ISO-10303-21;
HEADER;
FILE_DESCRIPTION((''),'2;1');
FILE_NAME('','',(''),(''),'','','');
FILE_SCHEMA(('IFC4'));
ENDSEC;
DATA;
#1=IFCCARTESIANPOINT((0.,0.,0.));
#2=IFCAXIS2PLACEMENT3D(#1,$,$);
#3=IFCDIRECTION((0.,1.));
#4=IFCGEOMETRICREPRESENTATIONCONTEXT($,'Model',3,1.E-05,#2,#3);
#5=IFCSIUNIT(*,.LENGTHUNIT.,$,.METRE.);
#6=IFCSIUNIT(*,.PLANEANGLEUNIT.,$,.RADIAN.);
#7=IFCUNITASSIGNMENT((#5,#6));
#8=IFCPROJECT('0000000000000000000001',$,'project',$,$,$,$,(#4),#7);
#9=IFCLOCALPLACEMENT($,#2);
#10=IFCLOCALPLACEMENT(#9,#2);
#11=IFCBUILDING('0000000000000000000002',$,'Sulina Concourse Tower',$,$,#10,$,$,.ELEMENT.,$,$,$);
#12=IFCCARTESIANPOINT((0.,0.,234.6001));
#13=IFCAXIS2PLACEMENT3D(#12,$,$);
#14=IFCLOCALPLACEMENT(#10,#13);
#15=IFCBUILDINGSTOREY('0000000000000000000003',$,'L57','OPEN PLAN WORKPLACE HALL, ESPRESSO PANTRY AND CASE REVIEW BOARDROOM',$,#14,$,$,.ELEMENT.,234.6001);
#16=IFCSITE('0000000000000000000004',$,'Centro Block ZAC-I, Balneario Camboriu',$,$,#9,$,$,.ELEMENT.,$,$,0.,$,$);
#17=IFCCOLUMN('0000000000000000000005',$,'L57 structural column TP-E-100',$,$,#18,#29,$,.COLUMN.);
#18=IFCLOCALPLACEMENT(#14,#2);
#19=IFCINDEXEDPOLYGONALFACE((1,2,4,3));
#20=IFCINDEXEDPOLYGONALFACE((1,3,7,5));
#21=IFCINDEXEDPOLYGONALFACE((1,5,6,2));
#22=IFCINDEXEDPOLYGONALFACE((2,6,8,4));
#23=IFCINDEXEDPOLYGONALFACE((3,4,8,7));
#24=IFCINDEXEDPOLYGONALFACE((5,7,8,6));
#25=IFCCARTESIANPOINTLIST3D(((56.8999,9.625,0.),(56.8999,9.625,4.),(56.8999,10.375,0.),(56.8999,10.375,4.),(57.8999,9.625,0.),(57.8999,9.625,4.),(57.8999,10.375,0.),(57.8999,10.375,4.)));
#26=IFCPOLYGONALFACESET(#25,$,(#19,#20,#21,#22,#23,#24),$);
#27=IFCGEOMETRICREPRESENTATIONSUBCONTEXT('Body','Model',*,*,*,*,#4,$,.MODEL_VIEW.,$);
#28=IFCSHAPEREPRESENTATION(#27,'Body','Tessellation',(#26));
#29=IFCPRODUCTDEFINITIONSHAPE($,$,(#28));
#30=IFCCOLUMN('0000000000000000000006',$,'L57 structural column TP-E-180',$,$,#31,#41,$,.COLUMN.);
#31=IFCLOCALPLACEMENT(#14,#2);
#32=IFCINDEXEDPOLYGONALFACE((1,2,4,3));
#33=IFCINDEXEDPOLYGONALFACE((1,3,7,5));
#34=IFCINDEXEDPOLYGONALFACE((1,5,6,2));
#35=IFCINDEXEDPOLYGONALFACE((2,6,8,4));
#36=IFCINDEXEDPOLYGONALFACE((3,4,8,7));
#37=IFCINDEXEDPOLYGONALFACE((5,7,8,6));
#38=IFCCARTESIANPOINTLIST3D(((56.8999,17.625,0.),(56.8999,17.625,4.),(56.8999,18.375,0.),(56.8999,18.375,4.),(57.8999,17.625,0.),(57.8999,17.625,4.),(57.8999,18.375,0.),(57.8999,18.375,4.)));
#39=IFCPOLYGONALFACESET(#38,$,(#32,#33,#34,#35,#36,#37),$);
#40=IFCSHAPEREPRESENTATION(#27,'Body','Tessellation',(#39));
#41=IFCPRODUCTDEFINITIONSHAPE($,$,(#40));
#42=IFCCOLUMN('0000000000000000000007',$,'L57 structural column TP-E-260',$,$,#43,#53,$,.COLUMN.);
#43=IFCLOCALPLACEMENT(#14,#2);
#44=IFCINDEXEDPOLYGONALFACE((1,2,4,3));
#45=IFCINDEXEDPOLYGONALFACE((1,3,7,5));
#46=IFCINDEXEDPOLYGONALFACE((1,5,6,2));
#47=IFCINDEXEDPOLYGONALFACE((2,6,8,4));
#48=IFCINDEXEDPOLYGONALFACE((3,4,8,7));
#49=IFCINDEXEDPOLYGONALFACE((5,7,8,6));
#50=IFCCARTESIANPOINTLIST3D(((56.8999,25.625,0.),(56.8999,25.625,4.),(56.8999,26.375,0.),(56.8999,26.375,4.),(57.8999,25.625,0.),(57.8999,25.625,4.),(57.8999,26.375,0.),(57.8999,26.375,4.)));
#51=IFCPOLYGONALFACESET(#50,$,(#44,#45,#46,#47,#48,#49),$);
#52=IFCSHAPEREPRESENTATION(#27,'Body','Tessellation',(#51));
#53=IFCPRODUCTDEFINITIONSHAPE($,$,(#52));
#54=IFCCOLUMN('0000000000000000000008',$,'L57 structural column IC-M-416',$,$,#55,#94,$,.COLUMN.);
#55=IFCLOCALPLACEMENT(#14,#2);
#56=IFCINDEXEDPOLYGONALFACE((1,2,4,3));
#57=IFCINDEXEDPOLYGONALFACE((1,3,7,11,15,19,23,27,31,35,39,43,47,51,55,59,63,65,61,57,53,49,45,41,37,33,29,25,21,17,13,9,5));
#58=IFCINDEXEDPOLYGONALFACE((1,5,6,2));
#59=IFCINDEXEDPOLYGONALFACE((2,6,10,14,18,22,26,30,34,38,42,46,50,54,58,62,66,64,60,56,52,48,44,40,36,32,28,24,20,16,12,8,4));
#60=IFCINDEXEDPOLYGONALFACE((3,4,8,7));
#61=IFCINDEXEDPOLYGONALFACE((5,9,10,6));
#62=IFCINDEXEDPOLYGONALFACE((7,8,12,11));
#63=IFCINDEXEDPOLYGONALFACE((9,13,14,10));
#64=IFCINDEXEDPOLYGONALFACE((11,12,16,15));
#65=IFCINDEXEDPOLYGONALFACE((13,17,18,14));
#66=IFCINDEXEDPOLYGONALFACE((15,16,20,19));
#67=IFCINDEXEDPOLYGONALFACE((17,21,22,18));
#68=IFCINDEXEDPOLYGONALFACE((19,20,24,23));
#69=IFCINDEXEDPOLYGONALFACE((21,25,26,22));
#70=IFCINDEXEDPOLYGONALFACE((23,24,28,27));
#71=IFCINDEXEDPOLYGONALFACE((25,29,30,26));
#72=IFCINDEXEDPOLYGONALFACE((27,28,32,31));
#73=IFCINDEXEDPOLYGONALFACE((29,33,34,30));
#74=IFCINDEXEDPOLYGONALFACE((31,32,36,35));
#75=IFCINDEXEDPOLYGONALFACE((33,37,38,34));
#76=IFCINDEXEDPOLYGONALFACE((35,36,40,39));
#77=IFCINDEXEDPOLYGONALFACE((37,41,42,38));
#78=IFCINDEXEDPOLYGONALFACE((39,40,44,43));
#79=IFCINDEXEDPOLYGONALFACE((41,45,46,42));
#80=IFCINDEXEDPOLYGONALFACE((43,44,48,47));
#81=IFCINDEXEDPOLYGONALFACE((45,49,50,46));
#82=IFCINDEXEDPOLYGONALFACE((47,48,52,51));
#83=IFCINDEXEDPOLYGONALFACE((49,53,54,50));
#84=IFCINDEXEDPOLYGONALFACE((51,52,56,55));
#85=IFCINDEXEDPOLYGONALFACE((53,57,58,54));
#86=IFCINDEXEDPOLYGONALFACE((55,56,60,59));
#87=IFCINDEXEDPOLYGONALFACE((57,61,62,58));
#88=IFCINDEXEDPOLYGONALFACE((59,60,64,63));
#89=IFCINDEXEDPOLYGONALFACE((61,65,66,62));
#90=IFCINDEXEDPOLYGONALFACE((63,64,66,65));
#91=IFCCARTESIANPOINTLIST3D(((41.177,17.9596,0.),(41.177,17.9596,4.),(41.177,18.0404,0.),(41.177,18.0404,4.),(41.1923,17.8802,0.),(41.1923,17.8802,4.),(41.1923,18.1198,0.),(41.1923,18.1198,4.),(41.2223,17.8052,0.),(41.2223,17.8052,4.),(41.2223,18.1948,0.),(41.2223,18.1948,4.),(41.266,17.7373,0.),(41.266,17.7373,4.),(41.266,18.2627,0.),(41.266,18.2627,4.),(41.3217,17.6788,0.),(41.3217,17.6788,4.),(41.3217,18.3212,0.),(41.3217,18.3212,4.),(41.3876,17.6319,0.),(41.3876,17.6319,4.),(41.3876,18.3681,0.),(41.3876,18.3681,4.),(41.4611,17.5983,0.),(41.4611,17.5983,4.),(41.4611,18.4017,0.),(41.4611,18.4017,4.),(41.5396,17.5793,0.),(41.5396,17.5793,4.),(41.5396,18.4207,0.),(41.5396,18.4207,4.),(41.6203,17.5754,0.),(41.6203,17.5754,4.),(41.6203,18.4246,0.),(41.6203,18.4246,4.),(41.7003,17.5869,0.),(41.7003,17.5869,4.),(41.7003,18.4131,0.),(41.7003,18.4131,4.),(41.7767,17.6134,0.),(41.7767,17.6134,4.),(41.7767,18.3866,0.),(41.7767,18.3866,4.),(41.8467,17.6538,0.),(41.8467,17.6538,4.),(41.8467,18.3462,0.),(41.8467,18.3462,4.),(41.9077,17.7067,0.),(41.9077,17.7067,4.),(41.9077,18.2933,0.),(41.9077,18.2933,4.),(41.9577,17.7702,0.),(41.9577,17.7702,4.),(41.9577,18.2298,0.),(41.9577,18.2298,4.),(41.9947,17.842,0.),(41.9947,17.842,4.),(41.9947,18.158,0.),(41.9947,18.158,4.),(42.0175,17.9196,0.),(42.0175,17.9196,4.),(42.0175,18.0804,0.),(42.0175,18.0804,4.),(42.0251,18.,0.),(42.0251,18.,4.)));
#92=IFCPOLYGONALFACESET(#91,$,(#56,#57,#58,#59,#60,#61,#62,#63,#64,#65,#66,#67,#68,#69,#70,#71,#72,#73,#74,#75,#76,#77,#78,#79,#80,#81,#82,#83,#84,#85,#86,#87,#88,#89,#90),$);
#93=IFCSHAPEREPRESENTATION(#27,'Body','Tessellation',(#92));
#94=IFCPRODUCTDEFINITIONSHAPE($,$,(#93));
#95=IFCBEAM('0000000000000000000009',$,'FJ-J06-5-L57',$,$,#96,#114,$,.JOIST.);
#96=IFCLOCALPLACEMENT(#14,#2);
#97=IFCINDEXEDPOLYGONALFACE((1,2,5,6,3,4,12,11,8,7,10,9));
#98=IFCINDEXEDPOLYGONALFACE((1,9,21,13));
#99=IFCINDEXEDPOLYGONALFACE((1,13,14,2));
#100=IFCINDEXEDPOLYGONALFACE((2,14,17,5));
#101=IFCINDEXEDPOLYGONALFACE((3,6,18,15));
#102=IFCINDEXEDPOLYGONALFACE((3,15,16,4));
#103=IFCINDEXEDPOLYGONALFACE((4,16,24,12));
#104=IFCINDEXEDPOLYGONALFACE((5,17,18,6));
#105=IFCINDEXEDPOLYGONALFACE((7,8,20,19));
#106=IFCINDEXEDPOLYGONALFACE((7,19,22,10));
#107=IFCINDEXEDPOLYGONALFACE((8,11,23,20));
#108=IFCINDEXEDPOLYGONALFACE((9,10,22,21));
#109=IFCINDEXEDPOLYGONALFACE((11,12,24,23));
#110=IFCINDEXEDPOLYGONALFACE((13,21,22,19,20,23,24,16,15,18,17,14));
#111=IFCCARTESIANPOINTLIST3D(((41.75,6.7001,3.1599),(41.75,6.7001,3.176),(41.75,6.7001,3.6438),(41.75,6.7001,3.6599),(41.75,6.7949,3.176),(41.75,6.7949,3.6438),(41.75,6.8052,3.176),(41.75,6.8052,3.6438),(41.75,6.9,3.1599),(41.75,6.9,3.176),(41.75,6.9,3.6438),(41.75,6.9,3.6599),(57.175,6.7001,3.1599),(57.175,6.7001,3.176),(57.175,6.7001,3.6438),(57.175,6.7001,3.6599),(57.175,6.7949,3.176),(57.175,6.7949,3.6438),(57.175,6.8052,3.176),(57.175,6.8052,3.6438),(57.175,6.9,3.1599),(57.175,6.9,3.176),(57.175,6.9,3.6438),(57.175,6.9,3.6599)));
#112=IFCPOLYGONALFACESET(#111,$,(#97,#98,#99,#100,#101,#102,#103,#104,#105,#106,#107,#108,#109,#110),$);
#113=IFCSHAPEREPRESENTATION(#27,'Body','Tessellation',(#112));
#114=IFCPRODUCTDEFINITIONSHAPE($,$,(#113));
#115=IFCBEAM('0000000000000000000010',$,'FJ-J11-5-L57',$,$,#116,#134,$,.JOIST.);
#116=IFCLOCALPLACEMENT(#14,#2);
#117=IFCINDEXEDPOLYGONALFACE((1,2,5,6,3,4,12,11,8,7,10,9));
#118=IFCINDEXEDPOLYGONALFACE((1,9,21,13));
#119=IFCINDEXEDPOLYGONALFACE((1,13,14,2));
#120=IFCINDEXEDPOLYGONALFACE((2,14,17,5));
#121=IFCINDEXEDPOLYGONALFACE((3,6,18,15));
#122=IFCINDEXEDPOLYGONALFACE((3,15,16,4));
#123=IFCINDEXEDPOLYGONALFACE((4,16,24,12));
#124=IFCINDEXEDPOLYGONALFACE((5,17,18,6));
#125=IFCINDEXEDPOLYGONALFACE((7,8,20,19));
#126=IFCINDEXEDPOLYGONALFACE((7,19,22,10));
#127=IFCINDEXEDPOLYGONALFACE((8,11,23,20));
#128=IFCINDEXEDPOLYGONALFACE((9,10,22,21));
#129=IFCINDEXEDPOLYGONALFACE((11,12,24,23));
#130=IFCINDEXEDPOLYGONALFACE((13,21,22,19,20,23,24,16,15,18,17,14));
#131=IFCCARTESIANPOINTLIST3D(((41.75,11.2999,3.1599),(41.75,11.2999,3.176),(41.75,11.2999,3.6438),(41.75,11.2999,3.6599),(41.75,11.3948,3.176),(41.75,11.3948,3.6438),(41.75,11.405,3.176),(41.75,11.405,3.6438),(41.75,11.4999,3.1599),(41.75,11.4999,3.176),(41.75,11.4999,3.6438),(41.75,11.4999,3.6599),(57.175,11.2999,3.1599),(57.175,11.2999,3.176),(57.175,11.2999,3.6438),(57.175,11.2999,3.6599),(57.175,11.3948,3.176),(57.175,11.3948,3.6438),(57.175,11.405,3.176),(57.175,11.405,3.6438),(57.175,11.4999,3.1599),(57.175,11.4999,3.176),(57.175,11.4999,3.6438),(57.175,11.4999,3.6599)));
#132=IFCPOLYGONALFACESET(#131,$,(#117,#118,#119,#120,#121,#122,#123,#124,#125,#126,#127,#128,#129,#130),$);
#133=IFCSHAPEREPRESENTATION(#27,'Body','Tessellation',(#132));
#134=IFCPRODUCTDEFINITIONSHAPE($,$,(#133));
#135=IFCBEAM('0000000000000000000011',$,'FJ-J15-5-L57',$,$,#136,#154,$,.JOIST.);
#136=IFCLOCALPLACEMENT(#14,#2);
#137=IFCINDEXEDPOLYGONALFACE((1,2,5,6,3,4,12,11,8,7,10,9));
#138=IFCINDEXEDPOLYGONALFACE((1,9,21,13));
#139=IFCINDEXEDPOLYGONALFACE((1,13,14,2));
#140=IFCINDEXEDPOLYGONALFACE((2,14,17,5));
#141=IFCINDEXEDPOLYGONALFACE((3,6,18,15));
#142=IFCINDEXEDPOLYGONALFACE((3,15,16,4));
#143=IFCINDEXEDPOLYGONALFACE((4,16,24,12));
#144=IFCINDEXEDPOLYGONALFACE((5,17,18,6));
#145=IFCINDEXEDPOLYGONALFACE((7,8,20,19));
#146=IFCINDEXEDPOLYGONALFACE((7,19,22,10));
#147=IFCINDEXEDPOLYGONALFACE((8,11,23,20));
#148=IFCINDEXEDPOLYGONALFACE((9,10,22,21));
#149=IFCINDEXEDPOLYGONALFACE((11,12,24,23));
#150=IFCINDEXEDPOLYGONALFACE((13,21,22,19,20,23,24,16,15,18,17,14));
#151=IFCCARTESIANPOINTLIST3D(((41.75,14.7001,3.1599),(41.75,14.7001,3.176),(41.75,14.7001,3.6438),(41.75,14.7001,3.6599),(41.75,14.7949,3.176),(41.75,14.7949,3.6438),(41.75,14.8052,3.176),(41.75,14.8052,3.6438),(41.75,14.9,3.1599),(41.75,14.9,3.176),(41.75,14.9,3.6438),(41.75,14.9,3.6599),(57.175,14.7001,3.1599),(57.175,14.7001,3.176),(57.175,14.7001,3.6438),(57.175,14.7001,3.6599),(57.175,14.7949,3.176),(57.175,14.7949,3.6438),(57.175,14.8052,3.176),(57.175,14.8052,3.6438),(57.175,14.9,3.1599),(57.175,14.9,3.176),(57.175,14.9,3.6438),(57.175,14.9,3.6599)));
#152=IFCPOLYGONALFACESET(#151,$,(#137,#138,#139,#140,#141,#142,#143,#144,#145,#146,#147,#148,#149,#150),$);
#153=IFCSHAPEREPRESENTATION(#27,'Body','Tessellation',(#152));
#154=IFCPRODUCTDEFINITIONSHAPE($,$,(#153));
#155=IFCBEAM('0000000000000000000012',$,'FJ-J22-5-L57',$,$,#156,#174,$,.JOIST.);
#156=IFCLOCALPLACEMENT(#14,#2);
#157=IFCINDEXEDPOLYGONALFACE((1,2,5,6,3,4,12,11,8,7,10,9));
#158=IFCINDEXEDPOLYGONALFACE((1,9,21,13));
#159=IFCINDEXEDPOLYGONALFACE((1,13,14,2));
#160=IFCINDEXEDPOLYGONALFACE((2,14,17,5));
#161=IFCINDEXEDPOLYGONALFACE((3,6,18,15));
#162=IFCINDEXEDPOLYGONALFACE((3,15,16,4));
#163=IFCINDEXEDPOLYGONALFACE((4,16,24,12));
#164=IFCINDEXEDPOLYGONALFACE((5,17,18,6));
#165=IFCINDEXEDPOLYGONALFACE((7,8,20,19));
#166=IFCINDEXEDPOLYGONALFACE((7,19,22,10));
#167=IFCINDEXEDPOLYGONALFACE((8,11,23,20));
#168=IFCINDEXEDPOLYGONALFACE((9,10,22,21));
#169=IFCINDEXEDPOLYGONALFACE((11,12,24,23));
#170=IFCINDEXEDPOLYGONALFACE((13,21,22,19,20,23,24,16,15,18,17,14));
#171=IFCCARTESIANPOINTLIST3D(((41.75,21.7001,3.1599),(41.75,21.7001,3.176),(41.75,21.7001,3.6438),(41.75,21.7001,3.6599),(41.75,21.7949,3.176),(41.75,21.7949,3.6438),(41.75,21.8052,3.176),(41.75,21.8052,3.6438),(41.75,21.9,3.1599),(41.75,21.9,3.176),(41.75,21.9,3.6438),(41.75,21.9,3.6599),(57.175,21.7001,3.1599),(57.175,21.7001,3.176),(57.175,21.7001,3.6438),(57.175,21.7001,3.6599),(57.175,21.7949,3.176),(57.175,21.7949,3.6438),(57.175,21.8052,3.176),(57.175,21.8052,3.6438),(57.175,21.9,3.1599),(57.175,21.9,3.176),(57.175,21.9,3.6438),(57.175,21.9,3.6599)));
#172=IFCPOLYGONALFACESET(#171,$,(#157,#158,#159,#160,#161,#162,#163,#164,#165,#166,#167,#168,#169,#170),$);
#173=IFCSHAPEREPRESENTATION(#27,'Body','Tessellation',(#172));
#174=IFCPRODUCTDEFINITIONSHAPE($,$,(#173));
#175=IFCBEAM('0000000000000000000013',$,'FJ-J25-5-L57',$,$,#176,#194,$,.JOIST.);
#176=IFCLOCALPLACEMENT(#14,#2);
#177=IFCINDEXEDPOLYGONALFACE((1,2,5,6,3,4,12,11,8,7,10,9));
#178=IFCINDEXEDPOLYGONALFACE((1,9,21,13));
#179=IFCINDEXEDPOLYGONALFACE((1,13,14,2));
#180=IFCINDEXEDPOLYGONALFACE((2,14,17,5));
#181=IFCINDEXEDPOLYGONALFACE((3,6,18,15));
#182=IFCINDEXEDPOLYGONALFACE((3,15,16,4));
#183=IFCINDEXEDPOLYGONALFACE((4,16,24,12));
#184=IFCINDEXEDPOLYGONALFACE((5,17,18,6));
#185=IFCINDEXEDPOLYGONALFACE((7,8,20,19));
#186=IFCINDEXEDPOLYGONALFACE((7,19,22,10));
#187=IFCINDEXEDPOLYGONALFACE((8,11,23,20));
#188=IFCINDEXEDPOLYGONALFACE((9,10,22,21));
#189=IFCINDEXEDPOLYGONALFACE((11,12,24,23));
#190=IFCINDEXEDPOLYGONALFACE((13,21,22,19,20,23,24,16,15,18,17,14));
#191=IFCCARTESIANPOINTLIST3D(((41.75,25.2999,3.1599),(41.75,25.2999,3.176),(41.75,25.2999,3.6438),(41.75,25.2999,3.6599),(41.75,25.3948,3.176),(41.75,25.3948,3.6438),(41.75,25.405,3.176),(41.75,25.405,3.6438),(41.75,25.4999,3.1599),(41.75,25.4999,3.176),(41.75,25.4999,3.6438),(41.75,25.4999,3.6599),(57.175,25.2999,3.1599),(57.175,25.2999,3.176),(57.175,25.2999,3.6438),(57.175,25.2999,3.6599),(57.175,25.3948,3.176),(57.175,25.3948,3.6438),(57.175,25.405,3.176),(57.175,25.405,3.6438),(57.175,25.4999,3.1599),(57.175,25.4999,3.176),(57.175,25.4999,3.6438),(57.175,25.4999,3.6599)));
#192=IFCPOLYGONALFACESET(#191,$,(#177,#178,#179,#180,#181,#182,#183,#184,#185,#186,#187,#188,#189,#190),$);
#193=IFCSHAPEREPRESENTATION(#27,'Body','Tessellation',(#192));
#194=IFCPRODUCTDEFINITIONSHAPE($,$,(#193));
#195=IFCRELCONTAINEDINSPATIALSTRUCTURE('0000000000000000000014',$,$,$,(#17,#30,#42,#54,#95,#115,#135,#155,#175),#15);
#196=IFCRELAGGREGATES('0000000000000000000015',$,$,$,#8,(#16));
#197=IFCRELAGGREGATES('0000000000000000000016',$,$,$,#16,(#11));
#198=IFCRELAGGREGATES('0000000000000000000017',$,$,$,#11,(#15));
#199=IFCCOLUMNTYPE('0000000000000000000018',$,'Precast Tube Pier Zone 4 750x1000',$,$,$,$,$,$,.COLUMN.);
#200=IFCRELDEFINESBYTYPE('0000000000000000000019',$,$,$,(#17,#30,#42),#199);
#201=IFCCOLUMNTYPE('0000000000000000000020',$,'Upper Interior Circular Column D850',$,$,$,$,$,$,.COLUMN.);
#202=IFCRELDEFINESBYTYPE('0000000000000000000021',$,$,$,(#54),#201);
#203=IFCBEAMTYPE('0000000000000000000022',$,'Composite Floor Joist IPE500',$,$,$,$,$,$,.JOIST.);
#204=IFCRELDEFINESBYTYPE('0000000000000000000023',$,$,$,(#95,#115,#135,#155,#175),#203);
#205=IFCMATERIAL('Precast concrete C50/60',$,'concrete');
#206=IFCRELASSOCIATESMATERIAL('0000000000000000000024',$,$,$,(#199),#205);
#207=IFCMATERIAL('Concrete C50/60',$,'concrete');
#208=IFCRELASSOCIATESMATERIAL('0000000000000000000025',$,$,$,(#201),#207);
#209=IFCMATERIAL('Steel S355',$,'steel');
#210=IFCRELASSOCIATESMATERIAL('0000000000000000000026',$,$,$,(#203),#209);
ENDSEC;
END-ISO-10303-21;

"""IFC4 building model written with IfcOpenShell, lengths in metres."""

from ifc_helpers import new_model, si_unit, direction, frame, origin, origin_2d, place, context, subcontext, project, spatial, rectangle, circle, i_section, extrude, material, material_profile, profile_set, type_object, element, save


model = new_model("IFC4")

# Units and contexts
model_context = context("Model", 3, precision=1e-05, world=origin(), true_north=direction((0.0, 1.0)))
body_context = subcontext(model_context, "Body", "Model", "MODEL_VIEW")
ifc_project = project(units=[si_unit("LENGTHUNIT", "METRE"), si_unit("PLANEANGLEUNIT", "RADIAN")], contexts=[model_context])

# Site, building, storey
site_placement = place(None, origin())
site = spatial("IfcSite", under=ifc_project, at=site_placement, Name="Centro Block ZAC-I, Balneario Camboriu", CompositionType="ELEMENT", RefElevation=0.0)
building_placement = place(site_placement, origin())
building = spatial("IfcBuilding", under=site, at=building_placement, Name="Sulina Concourse Tower", CompositionType="ELEMENT")
storey_placement = place(building_placement, frame((0.0, 0.0, 234.6001)))
storey = spatial("IfcBuildingStorey", under=building, at=storey_placement, Name="L57", Description="OPEN PLAN WORKPLACE HALL, ESPRESSO PANTRY AND CASE REVIEW BOARDROOM", CompositionType="ELEMENT", Elevation=234.6001)

# Columns
ifc_material_1 = material(Name="Precast concrete C50/60", Category="concrete")
ifc_material_profile_1 = material_profile(ifc_material_1, rectangle(XDim=0.75, YDim=1.0, at=origin_2d()), Name="PC 750x1000")
ifc_profile_set_1 = profile_set([ifc_material_profile_1], Name="Precast concrete C50/60")
column_type_1 = type_object("IfcColumnType", Name="Precast Tube Pier Zone 4 750x1000", PredefinedType="COLUMN", material=ifc_profile_set_1)
for number, where, z_axis, x_axis, name in (
    (1, (57.3999, 10.0, 0.0), (0.0, 0.0, 1.0), (0.0, 1.0, 0.0), "L57 structural column TP-E-100"),
    (2, (57.3999, 18.0, 0.0), (0.0, 0.0, 1.0), (0.0, 1.0, 0.0), "L57 structural column TP-E-180"),
    (3, (57.3999, 26.0, 0.0), (0.0, 0.0, 1.0), (0.0, 1.0, 0.0), "L57 structural column TP-E-260"),
):
    element("IfcColumn", number, at=place(storey_placement, frame(where, z_axis=z_axis, x_axis=x_axis)), inside=storey, type_object=column_type_1, Name=name, PredefinedType="COLUMN", context=body_context, shape_type="SweptSolid", body=[
        extrude(rectangle(XDim=0.75, YDim=1.0, at=origin_2d()), origin(), (0.0, 0.0, 1.0), 4.0),
    ])
ifc_material_2 = material(Name="Concrete C50/60", Category="concrete")
ifc_material_profile_2 = material_profile(ifc_material_2, circle(Radius=0.425, at=origin_2d()), Name="RC D850")
ifc_profile_set_2 = profile_set([ifc_material_profile_2], Name="Concrete C50/60")
column_type_2 = type_object("IfcColumnType", Name="Upper Interior Circular Column D850", PredefinedType="COLUMN", material=ifc_profile_set_2)
column_placement = place(storey_placement, frame((41.6001, 18.0, 0.0), z_axis=(0.0, 0.0, 1.0), x_axis=(1.0, 0.0, 0.0)))
element("IfcColumn", 4, at=column_placement, inside=storey, type_object=column_type_2, Name="L57 structural column IC-M-416", PredefinedType="COLUMN", context=body_context, shape_type="SweptSolid", body=[
    extrude(circle(Radius=0.425, at=origin_2d()), origin(), (0.0, 0.0, 1.0), 4.0),
])

# Beams
ifc_material_3 = material(Name="Steel S355", Category="steel")
ifc_material_profile_3 = material_profile(ifc_material_3, i_section(OverallWidth=0.2, OverallDepth=0.5, WebThickness=0.0103, FlangeThickness=0.0161, at=origin_2d()), Name="IPE 500")
ifc_profile_set_3 = profile_set([ifc_material_profile_3], Name="Steel S355")
beam_type_1 = type_object("IfcBeamType", Name="Composite Floor Joist IPE500", PredefinedType="JOIST", material=ifc_profile_set_3)
for number, where, z_axis, x_axis, name in (
    (5, (41.75, 6.8, 3.4099), (1.0, 0.0, 0.0), (0.0, 1.0, 0.0), "FJ-J06-5-L57"),
    (6, (41.75, 11.3999, 3.4099), (1.0, 0.0, 0.0), (0.0, 1.0, 0.0), "FJ-J11-5-L57"),
    (7, (41.75, 14.8, 3.4099), (1.0, 0.0, 0.0), (0.0, 1.0, 0.0), "FJ-J15-5-L57"),
    (8, (41.75, 21.8, 3.4099), (1.0, 0.0, 0.0), (0.0, 1.0, 0.0), "FJ-J22-5-L57"),
    (9, (41.75, 25.3999, 3.4099), (1.0, 0.0, 0.0), (0.0, 1.0, 0.0), "FJ-J25-5-L57"),
):
    element("IfcBeam", number, at=place(storey_placement, frame(where, z_axis=z_axis, x_axis=x_axis)), inside=storey, type_object=beam_type_1, Name=name, PredefinedType="JOIST", context=body_context, shape_type="SweptSolid", body=[
        extrude(i_section(OverallWidth=0.2, OverallDepth=0.5, WebThickness=0.0103, FlangeThickness=0.0161, at=origin_2d()), origin(), (0.0, 0.0, 1.0), 15.425),
    ])

save(model, "model.ifc")
